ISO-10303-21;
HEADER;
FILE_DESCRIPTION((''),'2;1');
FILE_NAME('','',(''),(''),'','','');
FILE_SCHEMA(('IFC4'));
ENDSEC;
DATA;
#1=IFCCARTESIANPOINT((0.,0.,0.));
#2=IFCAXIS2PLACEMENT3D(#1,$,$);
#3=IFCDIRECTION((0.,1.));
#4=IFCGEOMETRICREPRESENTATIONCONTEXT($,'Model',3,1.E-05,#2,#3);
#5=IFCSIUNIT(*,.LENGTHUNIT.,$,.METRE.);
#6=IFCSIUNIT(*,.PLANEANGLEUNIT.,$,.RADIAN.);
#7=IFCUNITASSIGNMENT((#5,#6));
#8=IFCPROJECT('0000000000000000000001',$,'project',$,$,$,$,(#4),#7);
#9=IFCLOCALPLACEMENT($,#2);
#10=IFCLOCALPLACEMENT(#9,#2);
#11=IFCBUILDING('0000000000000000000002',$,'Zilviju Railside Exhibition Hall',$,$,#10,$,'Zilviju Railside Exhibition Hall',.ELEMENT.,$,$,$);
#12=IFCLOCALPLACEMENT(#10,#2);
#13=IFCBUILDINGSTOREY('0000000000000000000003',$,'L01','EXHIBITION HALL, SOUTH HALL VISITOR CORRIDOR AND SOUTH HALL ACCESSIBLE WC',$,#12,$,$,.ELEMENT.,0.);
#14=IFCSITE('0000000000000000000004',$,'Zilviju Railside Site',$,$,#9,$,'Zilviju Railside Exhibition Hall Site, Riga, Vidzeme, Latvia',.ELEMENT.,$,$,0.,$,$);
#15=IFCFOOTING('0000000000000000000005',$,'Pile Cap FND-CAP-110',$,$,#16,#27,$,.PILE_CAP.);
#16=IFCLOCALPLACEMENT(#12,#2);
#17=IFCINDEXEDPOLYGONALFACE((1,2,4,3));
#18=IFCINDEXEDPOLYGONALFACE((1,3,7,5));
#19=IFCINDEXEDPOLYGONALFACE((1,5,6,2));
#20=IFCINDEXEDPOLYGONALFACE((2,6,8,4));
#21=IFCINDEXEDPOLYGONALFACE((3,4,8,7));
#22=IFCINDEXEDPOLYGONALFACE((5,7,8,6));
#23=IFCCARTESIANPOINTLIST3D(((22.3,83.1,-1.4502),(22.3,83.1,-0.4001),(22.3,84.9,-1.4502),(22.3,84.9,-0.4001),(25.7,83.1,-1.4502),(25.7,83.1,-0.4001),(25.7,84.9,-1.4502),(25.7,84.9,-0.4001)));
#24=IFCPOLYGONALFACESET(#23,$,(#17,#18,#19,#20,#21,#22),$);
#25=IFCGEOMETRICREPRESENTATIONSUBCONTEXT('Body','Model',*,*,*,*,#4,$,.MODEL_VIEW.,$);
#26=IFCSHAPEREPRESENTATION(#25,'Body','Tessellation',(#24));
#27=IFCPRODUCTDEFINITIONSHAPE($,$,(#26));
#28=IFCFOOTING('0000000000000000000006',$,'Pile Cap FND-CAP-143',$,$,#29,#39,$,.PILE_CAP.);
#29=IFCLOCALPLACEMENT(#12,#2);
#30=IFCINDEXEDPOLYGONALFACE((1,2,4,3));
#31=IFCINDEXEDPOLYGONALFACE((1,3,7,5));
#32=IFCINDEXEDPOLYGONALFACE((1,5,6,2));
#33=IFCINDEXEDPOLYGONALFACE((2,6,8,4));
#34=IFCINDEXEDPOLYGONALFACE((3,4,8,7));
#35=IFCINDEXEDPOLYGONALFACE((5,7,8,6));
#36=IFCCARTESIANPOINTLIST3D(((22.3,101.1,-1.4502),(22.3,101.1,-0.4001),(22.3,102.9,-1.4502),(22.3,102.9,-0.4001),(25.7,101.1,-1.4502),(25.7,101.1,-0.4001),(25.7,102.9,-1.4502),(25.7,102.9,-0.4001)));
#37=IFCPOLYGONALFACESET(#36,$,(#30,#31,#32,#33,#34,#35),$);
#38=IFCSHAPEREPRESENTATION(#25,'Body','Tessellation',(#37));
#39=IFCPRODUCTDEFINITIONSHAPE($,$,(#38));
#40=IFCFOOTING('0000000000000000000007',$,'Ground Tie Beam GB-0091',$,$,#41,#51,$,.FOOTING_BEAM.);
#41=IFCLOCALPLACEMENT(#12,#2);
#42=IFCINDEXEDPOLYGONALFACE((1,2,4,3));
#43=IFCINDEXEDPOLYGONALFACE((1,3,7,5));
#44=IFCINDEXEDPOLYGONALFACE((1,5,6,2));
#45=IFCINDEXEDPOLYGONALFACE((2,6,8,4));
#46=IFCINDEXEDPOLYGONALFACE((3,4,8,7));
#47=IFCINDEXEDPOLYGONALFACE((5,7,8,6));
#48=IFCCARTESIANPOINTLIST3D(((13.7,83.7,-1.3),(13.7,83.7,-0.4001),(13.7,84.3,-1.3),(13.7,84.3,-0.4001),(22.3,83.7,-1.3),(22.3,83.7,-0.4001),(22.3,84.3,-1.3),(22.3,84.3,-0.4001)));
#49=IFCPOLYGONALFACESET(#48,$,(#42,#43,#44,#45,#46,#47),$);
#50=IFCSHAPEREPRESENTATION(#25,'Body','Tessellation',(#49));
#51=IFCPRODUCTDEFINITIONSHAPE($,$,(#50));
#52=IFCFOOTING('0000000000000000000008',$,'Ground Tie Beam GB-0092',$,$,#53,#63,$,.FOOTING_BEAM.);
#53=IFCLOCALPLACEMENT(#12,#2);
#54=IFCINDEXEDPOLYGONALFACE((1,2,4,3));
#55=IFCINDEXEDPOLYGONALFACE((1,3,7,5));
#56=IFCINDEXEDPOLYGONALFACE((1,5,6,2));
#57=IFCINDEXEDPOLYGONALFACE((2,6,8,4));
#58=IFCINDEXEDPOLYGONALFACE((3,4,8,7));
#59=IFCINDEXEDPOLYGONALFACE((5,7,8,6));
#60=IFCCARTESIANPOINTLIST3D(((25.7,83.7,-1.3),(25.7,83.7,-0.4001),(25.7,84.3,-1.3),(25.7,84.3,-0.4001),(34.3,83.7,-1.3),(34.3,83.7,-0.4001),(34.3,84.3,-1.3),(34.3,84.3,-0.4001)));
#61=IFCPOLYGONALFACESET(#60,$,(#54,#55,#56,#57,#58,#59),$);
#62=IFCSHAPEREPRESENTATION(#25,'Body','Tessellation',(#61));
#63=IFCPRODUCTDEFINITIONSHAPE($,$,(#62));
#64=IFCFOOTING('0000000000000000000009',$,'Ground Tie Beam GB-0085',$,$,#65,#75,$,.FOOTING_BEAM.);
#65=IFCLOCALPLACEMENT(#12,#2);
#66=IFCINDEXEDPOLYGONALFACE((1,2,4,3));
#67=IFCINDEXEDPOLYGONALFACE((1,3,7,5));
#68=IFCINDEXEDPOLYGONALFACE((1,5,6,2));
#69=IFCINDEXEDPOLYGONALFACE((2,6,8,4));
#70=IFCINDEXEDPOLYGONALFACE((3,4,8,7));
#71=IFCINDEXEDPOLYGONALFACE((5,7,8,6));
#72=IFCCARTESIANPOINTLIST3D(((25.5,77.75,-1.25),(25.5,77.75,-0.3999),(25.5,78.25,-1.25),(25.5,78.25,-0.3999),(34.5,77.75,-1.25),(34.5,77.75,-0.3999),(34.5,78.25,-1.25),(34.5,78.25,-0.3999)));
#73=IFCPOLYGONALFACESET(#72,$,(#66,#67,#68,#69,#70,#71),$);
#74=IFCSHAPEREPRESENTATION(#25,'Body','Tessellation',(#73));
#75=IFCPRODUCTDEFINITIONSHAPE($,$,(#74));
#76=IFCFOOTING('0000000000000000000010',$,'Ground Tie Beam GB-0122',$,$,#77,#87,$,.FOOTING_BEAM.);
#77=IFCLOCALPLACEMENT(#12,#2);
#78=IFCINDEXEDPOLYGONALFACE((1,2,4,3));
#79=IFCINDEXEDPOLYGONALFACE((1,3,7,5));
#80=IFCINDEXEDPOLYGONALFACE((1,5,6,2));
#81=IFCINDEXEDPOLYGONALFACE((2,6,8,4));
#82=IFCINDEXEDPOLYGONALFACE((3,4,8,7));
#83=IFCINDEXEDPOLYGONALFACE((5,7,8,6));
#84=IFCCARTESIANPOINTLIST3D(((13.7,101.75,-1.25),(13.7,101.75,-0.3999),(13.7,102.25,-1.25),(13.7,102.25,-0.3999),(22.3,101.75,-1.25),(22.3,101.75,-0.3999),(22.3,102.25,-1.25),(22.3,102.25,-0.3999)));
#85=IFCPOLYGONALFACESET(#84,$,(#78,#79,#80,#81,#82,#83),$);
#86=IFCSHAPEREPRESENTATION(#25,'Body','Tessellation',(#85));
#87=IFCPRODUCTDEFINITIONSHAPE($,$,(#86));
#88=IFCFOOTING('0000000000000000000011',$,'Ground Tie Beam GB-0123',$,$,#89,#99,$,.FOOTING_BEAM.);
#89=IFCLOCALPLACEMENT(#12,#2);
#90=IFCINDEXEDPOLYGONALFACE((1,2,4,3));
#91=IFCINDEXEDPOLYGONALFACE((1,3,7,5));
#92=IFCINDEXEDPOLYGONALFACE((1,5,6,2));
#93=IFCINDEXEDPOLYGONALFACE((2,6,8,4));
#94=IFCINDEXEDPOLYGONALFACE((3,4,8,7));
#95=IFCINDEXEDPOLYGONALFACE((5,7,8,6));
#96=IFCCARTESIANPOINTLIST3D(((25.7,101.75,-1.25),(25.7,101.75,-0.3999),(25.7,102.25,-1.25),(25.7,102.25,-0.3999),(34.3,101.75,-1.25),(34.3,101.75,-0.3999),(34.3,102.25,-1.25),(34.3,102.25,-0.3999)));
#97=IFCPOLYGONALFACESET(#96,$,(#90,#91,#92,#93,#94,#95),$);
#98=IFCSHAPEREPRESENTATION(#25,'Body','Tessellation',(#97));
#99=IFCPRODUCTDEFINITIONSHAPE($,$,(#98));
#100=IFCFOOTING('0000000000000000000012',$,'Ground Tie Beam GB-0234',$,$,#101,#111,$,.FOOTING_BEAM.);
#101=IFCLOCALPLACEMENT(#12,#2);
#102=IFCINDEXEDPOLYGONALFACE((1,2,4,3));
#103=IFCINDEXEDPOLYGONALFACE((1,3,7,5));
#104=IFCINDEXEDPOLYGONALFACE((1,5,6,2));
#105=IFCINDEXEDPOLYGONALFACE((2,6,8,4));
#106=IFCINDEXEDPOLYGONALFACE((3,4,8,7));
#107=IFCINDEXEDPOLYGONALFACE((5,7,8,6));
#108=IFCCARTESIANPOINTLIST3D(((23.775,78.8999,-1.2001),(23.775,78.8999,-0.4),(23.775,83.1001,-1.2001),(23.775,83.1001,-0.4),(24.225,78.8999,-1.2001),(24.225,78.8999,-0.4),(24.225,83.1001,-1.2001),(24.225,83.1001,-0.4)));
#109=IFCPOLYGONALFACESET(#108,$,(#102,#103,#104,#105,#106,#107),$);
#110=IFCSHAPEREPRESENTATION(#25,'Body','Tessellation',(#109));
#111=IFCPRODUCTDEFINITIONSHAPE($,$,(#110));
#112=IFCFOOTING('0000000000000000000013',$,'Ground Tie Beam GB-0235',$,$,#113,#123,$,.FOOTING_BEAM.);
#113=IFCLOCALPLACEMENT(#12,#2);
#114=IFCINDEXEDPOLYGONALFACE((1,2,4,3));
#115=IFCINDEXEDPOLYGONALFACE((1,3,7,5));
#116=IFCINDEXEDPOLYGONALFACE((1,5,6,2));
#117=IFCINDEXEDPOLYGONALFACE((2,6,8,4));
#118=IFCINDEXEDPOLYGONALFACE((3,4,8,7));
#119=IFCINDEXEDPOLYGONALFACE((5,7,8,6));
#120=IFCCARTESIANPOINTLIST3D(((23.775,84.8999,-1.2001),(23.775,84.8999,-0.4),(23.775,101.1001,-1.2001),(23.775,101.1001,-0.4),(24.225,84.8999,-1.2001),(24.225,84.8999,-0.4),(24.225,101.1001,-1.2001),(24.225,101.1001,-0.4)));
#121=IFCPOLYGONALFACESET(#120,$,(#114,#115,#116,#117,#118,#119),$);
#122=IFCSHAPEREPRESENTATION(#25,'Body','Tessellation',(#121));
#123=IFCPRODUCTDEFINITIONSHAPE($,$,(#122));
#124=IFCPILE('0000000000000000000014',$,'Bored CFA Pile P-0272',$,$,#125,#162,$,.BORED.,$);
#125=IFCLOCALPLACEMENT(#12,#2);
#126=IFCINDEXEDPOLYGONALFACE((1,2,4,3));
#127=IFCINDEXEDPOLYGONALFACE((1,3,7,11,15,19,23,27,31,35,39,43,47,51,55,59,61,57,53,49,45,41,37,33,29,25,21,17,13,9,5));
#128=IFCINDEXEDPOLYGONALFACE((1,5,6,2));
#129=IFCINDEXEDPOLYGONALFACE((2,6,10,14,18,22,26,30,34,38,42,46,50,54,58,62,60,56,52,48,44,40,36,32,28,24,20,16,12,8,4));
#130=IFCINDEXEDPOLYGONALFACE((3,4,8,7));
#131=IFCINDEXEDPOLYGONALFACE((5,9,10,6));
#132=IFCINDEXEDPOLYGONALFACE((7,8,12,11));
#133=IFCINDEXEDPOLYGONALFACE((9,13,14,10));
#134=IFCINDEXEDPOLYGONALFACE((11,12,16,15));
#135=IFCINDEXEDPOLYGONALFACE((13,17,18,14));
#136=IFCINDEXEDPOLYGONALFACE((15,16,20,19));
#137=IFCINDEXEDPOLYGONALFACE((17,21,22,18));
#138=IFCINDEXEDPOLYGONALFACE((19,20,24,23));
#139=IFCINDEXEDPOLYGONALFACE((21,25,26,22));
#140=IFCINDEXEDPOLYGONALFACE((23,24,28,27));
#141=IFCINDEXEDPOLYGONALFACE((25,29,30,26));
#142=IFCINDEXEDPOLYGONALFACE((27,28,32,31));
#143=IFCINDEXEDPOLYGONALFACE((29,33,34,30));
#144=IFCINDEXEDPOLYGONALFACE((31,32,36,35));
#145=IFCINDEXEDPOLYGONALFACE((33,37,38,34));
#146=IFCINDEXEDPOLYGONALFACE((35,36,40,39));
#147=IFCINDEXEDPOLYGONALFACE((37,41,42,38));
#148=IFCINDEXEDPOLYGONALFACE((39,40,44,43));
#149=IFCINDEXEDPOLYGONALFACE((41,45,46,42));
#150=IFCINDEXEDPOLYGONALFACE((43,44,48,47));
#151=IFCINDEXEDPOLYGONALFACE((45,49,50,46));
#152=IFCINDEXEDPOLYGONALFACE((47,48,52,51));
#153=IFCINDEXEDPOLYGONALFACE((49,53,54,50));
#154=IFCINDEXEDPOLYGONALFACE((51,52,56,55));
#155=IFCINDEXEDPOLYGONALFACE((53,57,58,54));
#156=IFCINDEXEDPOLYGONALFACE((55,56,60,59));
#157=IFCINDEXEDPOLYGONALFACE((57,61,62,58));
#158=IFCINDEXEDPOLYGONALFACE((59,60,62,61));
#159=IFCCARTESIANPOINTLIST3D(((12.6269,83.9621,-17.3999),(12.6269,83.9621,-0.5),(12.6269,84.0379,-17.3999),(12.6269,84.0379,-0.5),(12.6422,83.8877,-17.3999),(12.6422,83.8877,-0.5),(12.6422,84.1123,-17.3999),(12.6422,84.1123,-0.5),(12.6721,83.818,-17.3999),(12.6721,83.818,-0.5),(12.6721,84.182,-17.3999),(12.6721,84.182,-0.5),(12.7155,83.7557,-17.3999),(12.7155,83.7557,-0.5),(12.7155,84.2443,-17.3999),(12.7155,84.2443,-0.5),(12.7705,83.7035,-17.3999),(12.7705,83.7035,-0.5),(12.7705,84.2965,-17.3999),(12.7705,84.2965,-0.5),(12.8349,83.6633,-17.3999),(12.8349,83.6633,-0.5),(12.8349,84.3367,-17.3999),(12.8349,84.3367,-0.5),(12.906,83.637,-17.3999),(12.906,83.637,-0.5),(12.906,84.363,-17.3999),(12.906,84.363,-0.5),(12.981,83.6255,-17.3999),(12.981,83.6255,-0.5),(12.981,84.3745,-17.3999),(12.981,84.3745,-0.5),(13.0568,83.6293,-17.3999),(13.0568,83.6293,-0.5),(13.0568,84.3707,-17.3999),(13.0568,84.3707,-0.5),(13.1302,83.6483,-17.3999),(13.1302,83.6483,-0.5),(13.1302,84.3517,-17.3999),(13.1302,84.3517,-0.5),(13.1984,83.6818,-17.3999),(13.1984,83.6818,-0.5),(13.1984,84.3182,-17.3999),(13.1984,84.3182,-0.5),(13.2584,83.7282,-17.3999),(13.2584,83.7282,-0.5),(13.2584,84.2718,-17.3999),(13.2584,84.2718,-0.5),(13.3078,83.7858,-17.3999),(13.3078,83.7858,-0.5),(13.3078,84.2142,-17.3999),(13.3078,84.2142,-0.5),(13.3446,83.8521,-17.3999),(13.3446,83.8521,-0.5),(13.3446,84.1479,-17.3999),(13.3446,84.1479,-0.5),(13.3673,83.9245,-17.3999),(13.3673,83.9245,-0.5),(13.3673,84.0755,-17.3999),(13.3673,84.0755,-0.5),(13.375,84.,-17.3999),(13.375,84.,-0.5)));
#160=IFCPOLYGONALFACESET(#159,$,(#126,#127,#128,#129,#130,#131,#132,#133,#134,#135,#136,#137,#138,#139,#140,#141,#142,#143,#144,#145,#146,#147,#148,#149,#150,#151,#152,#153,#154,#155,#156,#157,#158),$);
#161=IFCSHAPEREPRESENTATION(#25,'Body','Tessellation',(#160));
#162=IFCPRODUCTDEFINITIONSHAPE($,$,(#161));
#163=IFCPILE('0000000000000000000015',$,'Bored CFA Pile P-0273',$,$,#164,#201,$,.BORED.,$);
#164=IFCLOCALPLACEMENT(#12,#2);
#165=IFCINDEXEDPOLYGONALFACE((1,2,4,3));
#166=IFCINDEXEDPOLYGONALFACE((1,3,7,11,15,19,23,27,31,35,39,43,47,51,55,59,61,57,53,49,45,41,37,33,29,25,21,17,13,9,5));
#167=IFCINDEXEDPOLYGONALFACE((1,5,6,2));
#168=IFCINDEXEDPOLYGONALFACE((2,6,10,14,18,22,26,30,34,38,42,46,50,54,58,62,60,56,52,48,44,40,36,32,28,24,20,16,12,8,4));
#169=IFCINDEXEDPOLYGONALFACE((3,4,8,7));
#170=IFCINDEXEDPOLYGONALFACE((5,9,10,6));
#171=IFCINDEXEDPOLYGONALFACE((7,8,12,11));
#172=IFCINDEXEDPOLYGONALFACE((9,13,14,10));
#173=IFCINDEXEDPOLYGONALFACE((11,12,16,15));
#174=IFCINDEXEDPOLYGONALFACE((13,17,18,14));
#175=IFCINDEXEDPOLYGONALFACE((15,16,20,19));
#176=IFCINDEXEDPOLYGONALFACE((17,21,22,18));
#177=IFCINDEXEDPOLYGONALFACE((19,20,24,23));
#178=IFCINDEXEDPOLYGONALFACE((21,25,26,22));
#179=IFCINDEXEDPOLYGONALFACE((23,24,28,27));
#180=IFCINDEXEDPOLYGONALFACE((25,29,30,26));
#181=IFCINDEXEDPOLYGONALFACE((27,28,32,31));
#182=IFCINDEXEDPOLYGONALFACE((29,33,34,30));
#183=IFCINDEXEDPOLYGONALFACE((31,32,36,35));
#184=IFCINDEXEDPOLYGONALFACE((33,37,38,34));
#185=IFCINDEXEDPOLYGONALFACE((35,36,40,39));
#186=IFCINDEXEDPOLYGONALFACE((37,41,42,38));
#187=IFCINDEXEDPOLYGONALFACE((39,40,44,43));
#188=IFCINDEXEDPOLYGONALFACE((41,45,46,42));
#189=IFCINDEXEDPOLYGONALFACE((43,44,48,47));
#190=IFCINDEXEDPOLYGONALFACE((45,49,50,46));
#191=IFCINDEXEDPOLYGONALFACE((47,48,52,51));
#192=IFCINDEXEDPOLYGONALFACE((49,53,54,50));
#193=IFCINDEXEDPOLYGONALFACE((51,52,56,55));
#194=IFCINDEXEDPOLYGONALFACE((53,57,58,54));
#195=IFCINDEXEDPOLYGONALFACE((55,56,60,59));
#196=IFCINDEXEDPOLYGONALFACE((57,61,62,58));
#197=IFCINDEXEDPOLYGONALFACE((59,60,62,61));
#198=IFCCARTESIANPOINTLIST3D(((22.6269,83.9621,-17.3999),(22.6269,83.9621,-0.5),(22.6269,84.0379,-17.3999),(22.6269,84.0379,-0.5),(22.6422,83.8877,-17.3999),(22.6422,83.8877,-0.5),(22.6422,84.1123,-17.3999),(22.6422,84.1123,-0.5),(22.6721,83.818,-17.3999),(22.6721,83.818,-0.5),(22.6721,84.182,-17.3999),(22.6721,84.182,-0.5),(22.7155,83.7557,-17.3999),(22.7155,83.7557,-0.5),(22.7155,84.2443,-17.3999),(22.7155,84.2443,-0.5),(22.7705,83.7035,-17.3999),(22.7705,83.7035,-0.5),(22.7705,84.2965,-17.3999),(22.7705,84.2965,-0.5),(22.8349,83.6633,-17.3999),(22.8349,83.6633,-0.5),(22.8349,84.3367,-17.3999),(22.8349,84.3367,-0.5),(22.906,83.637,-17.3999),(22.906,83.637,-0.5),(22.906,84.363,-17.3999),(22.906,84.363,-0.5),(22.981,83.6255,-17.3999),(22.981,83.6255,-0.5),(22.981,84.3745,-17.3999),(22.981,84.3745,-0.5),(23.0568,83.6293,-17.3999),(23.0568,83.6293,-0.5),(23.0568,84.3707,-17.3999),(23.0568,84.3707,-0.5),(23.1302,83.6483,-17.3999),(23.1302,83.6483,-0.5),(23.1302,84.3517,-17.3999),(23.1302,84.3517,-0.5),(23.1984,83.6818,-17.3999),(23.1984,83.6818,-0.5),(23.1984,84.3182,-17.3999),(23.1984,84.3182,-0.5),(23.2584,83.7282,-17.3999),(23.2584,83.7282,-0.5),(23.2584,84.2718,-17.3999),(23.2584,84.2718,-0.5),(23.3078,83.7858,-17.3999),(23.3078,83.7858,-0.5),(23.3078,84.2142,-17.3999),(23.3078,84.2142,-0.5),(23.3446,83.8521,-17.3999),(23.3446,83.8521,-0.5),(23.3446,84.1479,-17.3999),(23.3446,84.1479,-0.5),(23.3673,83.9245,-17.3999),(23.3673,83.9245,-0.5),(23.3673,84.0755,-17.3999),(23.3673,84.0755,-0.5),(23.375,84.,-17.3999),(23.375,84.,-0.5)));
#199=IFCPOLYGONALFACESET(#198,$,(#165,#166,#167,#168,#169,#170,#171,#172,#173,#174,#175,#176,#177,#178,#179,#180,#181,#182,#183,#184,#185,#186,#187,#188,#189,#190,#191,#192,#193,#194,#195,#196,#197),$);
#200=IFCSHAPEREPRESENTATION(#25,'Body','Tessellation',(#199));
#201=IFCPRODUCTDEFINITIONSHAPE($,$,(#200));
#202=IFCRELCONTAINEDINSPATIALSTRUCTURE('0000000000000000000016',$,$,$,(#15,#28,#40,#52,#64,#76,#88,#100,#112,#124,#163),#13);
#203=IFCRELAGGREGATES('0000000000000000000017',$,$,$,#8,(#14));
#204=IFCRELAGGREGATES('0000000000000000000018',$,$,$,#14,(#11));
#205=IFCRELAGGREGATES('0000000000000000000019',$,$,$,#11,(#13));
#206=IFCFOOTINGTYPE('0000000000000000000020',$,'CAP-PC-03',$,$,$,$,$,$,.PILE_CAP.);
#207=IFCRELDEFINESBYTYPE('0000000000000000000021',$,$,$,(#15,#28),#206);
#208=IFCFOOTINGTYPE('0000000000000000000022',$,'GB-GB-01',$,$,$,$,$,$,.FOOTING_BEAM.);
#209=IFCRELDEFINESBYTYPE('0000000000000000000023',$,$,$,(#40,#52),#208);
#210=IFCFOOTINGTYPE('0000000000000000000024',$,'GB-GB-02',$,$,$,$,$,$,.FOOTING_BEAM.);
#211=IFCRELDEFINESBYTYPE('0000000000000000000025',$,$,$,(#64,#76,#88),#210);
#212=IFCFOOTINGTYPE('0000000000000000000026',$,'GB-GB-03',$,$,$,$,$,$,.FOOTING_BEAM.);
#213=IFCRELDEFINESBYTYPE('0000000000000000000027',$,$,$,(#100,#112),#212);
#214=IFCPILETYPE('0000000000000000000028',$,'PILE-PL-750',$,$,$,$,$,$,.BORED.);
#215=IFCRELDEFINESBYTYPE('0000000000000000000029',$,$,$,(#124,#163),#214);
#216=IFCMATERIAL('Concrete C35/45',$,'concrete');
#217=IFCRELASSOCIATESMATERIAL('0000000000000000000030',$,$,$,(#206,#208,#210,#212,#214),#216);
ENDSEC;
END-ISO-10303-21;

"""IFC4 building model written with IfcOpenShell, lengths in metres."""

from ifc_helpers import new_model, si_unit, direction, frame, origin, origin_2d, place, context, subcontext, project, spatial, rectangle, circle, extrude, material, material_profile, profile_set, type_object, element, save


model = new_model("IFC4")

# Units and contexts
model_context = context("Model", 3, precision=1e-05, world=origin(), true_north=direction((0.0, 1.0)))
body_context = subcontext(model_context, "Body", "Model", "MODEL_VIEW")
ifc_project = project(units=[si_unit("LENGTHUNIT", "METRE"), si_unit("PLANEANGLEUNIT", "RADIAN")], contexts=[model_context])

# Site, building, storey
site_placement = place(None, origin())
site = spatial("IfcSite", under=ifc_project, at=site_placement, Name="Zilviju Railside Site", LongName="Zilviju Railside Exhibition Hall Site, Riga, Vidzeme, Latvia", CompositionType="ELEMENT", RefElevation=0.0)
building_placement = place(site_placement, origin())
building = spatial("IfcBuilding", under=site, at=building_placement, Name="Zilviju Railside Exhibition Hall", LongName="Zilviju Railside Exhibition Hall", CompositionType="ELEMENT")
storey_placement = place(building_placement, origin())
storey = spatial("IfcBuildingStorey", under=building, at=storey_placement, Name="L01", Description="EXHIBITION HALL, SOUTH HALL VISITOR CORRIDOR AND SOUTH HALL ACCESSIBLE WC", CompositionType="ELEMENT", Elevation=0.0)

# Footings
ifc_material_1 = material(Name="Concrete C35/45", Category="concrete")
footing_type_1 = type_object("IfcFootingType", Name="CAP-PC-03", PredefinedType="PILE_CAP", material=ifc_material_1)
for number, where, z_axis, x_axis, name in (
    (1, (24.0, 84.0, -1.4502), (0.0, 0.0, 1.0), (1.0, 0.0, 0.0), "Pile Cap FND-CAP-110"),
    (2, (24.0, 102.0, -1.4502), (0.0, 0.0, 1.0), (1.0, 0.0, 0.0), "Pile Cap FND-CAP-143"),
):
    element("IfcFooting", number, at=place(storey_placement, frame(where, z_axis=z_axis, x_axis=x_axis)), inside=storey, type_object=footing_type_1, Name=name, PredefinedType="PILE_CAP", context=body_context, shape_type="SweptSolid", body=[
        extrude(rectangle(XDim=3.3999, YDim=1.8, at=origin_2d()), origin(), (0.0, 0.0, 1.0), 1.05),
    ])
ifc_material_profile_1 = material_profile(ifc_material_1, rectangle(XDim=0.6001, YDim=0.8999, at=origin_2d()), Name="TIE BEAM 600x900")
ifc_profile_set_1 = profile_set([ifc_material_profile_1], Name="Concrete C35/45")
footing_type_2 = type_object("IfcFootingType", Name="GB-GB-01", PredefinedType="FOOTING_BEAM", material=ifc_profile_set_1)
for number, where, z_axis, x_axis, name in (
    (3, (13.7, 84.0, -0.8501), (1.0, 0.0, 0.0), (0.0, 1.0, 0.0), "Ground Tie Beam GB-0091"),
    (4, (25.7, 84.0, -0.8501), (1.0, 0.0, 0.0), (0.0, 1.0, 0.0), "Ground Tie Beam GB-0092"),
):
    element("IfcFooting", number, at=place(storey_placement, frame(where, z_axis=z_axis, x_axis=x_axis)), inside=storey, type_object=footing_type_2, Name=name, PredefinedType="FOOTING_BEAM", context=body_context, shape_type="SweptSolid", body=[
        extrude(rectangle(XDim=0.6001, YDim=0.8999, at=origin_2d()), origin(), (0.0, 0.0, 1.0), 8.6001),
    ])
ifc_material_profile_2 = material_profile(ifc_material_1, rectangle(XDim=0.5, YDim=0.8501, at=origin_2d()), Name="TIE BEAM 500x850")
ifc_profile_set_2 = profile_set([ifc_material_profile_2], Name="Concrete C35/45")
footing_type_3 = type_object("IfcFootingType", Name="GB-GB-02", PredefinedType="FOOTING_BEAM", material=ifc_profile_set_2)
footing_1_placement = place(storey_placement, frame((25.5, 78.0, -0.825), z_axis=(1.0, 0.0, 0.0), x_axis=(0.0, 1.0, 0.0)))
element("IfcFooting", 5, at=footing_1_placement, inside=storey, type_object=footing_type_3, Name="Ground Tie Beam GB-0085", PredefinedType="FOOTING_BEAM", context=body_context, shape_type="SweptSolid", body=[
    extrude(rectangle(XDim=0.5, YDim=0.8501, at=origin_2d()), origin(), (0.0, 0.0, 1.0), 9.0),
])
for number, where, z_axis, x_axis, name in (
    (6, (13.7, 102.0, -0.825), (1.0, 0.0, 0.0), (0.0, 1.0, 0.0), "Ground Tie Beam GB-0122"),
    (7, (25.7, 102.0, -0.825), (1.0, 0.0, 0.0), (0.0, 1.0, 0.0), "Ground Tie Beam GB-0123"),
):
    element("IfcFooting", number, at=place(storey_placement, frame(where, z_axis=z_axis, x_axis=x_axis)), inside=storey, type_object=footing_type_3, Name=name, PredefinedType="FOOTING_BEAM", context=body_context, shape_type="SweptSolid", body=[
        extrude(rectangle(XDim=0.5, YDim=0.8501, at=origin_2d()), origin(), (0.0, 0.0, 1.0), 8.6001),
    ])
ifc_material_profile_3 = material_profile(ifc_material_1, rectangle(XDim=0.45, YDim=0.8, at=origin_2d()), Name="TIE BEAM 450x800")
ifc_profile_set_3 = profile_set([ifc_material_profile_3], Name="Concrete C35/45")
footing_type_4 = type_object("IfcFootingType", Name="GB-GB-03", PredefinedType="FOOTING_BEAM", material=ifc_profile_set_3)
footing_2_placement = place(storey_placement, frame((24.0, 78.8999, -0.8), z_axis=(0.0, 1.0, 0.0), x_axis=(-1.0, 0.0, 0.0)))
element("IfcFooting", 8, at=footing_2_placement, inside=storey, type_object=footing_type_4, Name="Ground Tie Beam GB-0234", PredefinedType="FOOTING_BEAM", context=body_context, shape_type="SweptSolid", body=[
    extrude(rectangle(XDim=0.45, YDim=0.8, at=origin_2d()), origin(), (0.0, 0.0, 1.0), 4.2002),
])
footing_3_placement = place(storey_placement, frame((24.0, 84.8999, -0.8), z_axis=(0.0, 1.0, 0.0), x_axis=(-1.0, 0.0, 0.0)))
element("IfcFooting", 9, at=footing_3_placement, inside=storey, type_object=footing_type_4, Name="Ground Tie Beam GB-0235", PredefinedType="FOOTING_BEAM", context=body_context, shape_type="SweptSolid", body=[
    extrude(rectangle(XDim=0.45, YDim=0.8, at=origin_2d()), origin(), (0.0, 0.0, 1.0), 16.2002),
])

# Piles
ifc_material_profile_4 = material_profile(ifc_material_1, circle(Radius=0.375, at=origin_2d()), Name="CFA PILE D750")
ifc_profile_set_4 = profile_set([ifc_material_profile_4], Name="Concrete C35/45")
pile_type = type_object("IfcPileType", Name="PILE-PL-750", PredefinedType="BORED", material=ifc_profile_set_4)
for number, where, z_axis, x_axis, name in (
    (10, (13.0, 84.0, -0.5), (0.0, 0.0, -1.0), (1.0, 0.0, 0.0), "Bored CFA Pile P-0272"),
    (11, (23.0, 84.0, -0.5), (0.0, 0.0, -1.0), (1.0, 0.0, 0.0), "Bored CFA Pile P-0273"),
):
    element("IfcPile", number, at=place(storey_placement, frame(where, z_axis=z_axis, x_axis=x_axis)), inside=storey, type_object=pile_type, Name=name, PredefinedType="BORED", context=body_context, shape_type="SweptSolid", body=[
        extrude(circle(Radius=0.375, at=origin_2d()), origin(), (0.0, 0.0, 1.0), 16.8999),
    ])

save(model, "model.ifc")
